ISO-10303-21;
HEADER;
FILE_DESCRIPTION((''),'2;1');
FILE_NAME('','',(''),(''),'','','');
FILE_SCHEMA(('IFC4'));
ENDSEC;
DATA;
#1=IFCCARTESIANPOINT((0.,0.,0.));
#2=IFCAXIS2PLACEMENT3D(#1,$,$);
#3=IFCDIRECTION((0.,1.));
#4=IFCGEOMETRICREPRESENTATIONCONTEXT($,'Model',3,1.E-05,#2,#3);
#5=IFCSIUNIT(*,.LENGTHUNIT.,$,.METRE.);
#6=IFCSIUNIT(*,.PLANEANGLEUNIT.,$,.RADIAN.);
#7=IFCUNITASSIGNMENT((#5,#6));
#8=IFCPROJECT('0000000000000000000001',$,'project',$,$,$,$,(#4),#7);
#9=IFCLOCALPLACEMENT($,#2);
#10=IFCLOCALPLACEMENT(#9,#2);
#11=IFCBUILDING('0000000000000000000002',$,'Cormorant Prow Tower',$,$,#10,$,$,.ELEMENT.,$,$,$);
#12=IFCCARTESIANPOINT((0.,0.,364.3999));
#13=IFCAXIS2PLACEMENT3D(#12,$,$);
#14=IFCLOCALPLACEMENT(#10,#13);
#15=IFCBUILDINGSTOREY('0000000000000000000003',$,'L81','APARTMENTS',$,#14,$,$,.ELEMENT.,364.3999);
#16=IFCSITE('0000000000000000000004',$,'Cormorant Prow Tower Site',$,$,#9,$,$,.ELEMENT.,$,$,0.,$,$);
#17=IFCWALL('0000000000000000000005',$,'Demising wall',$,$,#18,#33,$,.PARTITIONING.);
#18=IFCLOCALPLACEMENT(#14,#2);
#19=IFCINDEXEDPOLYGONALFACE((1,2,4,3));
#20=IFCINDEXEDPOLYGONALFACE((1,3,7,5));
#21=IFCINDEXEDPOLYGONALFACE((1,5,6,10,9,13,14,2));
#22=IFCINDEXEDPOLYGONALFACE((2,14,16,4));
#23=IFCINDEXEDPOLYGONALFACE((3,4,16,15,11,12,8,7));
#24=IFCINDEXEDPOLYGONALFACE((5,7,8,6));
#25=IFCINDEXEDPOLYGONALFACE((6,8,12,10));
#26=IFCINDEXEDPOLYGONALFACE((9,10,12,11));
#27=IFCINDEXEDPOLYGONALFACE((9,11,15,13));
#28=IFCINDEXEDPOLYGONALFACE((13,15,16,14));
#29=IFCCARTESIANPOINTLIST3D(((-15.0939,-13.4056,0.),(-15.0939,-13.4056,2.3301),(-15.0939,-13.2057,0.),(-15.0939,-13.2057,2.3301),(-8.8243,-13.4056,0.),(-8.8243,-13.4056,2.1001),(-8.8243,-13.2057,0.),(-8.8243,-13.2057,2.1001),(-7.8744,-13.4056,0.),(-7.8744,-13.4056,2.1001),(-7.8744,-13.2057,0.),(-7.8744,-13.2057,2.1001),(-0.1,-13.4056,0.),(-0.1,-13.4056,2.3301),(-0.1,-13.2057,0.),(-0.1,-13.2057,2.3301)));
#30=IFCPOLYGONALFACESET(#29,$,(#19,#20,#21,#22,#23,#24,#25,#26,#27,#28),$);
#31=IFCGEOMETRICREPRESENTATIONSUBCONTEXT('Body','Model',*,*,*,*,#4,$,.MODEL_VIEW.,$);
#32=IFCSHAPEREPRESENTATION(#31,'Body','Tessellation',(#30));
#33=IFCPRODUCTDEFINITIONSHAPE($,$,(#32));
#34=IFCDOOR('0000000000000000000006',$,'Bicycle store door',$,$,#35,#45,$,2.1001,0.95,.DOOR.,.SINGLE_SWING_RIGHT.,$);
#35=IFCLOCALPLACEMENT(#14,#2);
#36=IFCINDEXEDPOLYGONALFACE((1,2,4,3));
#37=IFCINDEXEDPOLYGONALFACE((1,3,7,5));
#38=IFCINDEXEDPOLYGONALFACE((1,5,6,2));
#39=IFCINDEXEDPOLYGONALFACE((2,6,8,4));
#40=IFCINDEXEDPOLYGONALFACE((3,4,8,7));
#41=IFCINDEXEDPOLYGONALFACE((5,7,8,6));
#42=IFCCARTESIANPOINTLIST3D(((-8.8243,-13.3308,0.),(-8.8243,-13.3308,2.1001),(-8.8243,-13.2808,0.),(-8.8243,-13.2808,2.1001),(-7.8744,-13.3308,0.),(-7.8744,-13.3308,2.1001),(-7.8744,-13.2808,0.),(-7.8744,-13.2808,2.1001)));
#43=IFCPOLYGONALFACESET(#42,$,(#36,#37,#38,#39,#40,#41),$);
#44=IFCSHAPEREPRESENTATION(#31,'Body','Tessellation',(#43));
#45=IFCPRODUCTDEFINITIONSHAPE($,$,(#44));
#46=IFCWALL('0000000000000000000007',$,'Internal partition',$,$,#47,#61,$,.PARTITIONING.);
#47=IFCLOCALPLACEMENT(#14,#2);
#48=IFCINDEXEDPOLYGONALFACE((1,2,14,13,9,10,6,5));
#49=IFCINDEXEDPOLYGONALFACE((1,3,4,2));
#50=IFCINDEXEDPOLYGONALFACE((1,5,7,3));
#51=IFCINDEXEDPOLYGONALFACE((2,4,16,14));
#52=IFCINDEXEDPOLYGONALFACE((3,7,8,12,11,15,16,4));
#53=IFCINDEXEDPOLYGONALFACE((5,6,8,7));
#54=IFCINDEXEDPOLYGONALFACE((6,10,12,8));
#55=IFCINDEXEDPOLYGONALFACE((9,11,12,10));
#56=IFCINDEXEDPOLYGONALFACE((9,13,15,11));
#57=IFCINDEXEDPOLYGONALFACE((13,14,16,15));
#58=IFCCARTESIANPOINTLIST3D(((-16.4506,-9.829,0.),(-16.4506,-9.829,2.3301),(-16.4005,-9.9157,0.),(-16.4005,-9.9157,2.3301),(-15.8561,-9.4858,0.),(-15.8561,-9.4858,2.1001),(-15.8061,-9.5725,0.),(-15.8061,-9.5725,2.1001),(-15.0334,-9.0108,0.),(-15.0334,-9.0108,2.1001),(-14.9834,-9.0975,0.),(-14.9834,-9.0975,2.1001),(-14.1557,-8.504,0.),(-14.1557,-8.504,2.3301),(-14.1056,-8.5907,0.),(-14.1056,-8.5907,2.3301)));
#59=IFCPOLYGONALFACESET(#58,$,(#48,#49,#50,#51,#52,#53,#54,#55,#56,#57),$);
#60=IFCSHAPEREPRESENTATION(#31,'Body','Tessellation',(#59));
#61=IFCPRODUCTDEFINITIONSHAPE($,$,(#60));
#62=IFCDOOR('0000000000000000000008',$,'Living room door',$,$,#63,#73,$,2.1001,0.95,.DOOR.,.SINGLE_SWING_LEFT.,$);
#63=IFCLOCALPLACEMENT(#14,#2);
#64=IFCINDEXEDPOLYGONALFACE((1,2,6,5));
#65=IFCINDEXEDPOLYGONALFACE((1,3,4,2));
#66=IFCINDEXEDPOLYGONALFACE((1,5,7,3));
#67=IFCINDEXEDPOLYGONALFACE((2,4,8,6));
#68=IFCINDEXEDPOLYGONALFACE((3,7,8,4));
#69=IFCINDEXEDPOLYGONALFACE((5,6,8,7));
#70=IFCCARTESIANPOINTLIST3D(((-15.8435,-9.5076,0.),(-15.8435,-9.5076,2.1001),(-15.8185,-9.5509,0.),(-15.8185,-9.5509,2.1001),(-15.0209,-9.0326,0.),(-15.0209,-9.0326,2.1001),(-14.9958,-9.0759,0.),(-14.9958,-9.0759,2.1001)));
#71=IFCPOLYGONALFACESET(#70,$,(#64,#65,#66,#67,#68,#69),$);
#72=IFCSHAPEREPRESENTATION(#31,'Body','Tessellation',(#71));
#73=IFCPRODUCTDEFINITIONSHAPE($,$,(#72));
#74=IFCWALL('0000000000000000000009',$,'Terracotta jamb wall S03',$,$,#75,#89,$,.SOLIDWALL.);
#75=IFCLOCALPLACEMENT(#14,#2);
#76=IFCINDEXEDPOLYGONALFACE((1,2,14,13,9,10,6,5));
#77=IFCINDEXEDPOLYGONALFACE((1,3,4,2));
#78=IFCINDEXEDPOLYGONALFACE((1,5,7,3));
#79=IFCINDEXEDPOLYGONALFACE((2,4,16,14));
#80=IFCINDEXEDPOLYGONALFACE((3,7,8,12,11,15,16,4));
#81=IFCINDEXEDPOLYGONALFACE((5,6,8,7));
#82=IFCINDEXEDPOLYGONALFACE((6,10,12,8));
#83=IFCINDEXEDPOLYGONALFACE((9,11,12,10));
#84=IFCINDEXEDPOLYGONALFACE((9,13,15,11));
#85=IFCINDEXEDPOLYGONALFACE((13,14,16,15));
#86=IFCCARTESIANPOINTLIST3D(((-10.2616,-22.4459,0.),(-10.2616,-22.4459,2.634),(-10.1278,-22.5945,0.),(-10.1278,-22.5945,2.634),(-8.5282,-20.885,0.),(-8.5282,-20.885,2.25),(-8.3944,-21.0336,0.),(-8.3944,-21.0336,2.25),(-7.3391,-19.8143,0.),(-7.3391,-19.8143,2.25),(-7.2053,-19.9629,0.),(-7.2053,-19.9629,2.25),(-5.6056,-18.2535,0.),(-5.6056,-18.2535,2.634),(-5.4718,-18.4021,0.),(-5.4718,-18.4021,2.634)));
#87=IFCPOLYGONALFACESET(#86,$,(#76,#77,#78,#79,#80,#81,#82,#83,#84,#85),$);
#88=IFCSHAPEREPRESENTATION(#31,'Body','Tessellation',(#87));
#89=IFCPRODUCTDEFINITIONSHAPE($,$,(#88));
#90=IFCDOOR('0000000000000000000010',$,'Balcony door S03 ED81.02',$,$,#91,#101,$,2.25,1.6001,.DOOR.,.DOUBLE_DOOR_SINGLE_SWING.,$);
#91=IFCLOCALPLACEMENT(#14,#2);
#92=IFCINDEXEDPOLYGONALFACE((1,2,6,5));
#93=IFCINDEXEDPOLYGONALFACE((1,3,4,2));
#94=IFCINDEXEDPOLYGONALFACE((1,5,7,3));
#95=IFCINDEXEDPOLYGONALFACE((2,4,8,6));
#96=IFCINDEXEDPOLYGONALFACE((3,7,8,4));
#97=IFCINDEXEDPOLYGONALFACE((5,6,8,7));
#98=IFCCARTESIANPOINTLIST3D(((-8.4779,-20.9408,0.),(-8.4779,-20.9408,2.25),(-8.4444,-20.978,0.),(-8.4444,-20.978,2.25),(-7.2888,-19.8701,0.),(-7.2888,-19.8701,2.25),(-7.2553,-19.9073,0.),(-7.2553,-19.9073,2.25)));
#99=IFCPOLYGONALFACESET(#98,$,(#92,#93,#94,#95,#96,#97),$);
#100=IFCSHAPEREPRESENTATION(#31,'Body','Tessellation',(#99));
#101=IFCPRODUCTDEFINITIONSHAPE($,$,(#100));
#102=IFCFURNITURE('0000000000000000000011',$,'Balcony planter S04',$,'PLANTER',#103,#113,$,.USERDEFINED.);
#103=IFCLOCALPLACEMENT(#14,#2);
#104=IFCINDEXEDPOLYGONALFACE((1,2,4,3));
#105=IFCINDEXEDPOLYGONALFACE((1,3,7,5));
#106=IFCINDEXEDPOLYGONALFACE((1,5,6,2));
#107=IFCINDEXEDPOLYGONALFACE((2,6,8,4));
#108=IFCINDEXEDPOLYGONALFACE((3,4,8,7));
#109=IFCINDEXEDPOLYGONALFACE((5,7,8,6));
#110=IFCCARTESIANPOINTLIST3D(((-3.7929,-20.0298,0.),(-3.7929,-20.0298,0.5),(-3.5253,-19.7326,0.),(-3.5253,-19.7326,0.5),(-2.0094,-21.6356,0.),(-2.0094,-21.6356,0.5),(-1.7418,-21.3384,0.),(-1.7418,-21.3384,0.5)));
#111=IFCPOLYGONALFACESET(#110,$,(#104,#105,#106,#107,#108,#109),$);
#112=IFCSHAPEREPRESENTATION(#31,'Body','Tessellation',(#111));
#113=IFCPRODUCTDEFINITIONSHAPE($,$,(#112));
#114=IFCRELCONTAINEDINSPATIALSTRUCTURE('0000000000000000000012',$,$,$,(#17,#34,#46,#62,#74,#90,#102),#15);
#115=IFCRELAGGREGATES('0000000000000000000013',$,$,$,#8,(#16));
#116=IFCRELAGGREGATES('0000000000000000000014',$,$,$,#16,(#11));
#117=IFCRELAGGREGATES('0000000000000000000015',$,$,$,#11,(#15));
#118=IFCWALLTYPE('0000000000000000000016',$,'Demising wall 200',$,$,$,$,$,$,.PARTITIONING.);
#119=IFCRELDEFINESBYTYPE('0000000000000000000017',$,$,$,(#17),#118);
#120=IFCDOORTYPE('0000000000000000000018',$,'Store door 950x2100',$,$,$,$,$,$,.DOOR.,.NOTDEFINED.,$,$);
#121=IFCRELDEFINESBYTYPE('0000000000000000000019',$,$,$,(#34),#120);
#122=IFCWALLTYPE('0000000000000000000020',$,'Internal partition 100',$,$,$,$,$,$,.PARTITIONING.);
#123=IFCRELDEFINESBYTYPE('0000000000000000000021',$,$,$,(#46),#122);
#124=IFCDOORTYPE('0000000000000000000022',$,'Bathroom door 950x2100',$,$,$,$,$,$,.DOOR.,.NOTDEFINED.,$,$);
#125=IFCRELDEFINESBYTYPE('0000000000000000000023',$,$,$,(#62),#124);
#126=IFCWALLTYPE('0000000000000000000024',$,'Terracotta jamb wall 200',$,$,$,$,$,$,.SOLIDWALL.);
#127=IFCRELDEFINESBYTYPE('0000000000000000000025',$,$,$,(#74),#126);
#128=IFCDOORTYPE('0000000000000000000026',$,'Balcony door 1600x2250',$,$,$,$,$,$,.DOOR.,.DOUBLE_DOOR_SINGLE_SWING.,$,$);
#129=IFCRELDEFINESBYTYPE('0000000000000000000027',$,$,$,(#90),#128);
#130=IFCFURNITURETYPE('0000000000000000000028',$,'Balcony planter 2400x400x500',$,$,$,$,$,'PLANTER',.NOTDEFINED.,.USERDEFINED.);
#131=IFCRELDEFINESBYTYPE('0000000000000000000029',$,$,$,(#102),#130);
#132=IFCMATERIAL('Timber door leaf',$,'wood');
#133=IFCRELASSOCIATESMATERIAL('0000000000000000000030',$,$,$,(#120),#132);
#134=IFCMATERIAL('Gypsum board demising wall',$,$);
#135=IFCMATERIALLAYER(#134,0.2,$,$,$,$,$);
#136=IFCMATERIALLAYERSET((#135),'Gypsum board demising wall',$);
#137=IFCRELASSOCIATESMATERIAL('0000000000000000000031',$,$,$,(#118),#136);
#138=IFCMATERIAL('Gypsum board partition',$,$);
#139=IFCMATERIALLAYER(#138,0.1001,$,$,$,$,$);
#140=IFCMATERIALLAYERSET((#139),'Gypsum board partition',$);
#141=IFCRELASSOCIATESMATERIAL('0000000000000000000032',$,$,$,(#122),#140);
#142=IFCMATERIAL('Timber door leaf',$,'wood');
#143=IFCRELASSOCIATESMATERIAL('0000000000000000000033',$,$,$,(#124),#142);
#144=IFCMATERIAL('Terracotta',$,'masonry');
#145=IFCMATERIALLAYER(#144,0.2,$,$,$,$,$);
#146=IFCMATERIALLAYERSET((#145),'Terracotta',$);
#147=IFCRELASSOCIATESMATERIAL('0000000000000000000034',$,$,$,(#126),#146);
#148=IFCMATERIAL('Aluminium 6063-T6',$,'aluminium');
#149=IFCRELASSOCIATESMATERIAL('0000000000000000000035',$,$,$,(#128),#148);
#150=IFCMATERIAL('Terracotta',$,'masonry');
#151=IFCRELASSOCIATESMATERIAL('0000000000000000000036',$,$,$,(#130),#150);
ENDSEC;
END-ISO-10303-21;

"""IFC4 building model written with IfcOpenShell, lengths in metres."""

from ifc_helpers import new_model, si_unit, direction, frame, frame_2d, origin, origin_2d, place, context, subcontext, project, spatial, rectangle, extrude, material, layer, layer_set, type_object, element, fill, save


model = new_model("IFC4")

# Units and contexts
model_context = context("Model", 3, precision=1e-05, world=origin(), true_north=direction((0.0, 1.0)))
body_context = subcontext(model_context, "Body", "Model", "MODEL_VIEW")
ifc_project = project(units=[si_unit("LENGTHUNIT", "METRE"), si_unit("PLANEANGLEUNIT", "RADIAN")], contexts=[model_context])

# Site, building, storey
site_placement = place(None, origin())
site = spatial("IfcSite", under=ifc_project, at=site_placement, Name="Cormorant Prow Tower Site", CompositionType="ELEMENT", RefElevation=0.0)
building_placement = place(site_placement, origin())
building = spatial("IfcBuilding", under=site, at=building_placement, Name="Cormorant Prow Tower", CompositionType="ELEMENT")
storey_placement = place(building_placement, frame((0.0, 0.0, 364.3999)))
storey = spatial("IfcBuildingStorey", under=building, at=storey_placement, Name="L81", Description="APARTMENTS", CompositionType="ELEMENT", Elevation=364.3999)

# Shared definitions
ifc_material_1 = material(Name="Timber door leaf", Category="wood")
door_type_1 = type_object("IfcDoorType", Name="Store door 950x2100", OperationType="NOTDEFINED", PredefinedType="DOOR", material=ifc_material_1)

# Walls, openings, doors
ifc_material_2 = material(Name="Gypsum board demising wall")
ifc_layer_1 = layer(ifc_material_2, 0.2)
ifc_layer_set_1 = layer_set([ifc_layer_1], Name="Gypsum board demising wall")
wall_type_1 = type_object("IfcWallType", Name="Demising wall 200", PredefinedType="PARTITIONING", material=ifc_layer_set_1)
wall_1_placement = place(storey_placement, frame((-15.094, -13.3057, 0.0), z_axis=(0.0, 0.0, 1.0), x_axis=(1.0, 0.0, 0.0)))
wall_1 = element("IfcWall", 1, at=wall_1_placement, inside=storey, type_object=wall_type_1, Name="Demising wall", PredefinedType="PARTITIONING", context=body_context, shape_type="SweptSolid", body=[
    extrude(rectangle(XDim=14.9939, YDim=0.2, at=frame_2d((7.4971, 0.0))), origin(), (0.0, 0.0, 1.0), 2.3301),
])
opening_1_placement = place(wall_1_placement, frame((6.2695, 0.0, 0.0)))
opening_1 = element("IfcOpeningElement", 2, at=opening_1_placement, cuts=wall_1, PredefinedType="OPENING", context=body_context, shape_type="SweptSolid", body=[
    extrude(rectangle(XDim=0.95, YDim=2.1001, at=frame_2d((0.4751, 1.05))), frame((0.0, 0.1099, 0.0), z_axis=(0.0, -1.0, 0.0), x_axis=(1.0, 0.0, 0.0)), (0.0, 0.0, 1.0), 0.22),
])
door_1_placement = place(opening_1_placement, origin())
door_1 = element("IfcDoor", 3, at=door_1_placement, inside=storey, type_object=door_type_1, Name="Bicycle store door", OperationType="SINGLE_SWING_RIGHT", OverallHeight=2.1001, OverallWidth=0.95, PredefinedType="DOOR", context=body_context, shape_type="SweptSolid", body=[
    extrude(rectangle(XDim=0.95, YDim=2.1001, at=frame_2d((0.4751, 1.05))), frame((0.0, 0.0249, 0.0), z_axis=(0.0, -1.0, 0.0), x_axis=(1.0, 0.0, 0.0)), (0.0, 0.0, 1.0), 0.05),
])
fill(opening_1, door_1)
ifc_material_3 = material(Name="Gypsum board partition")
ifc_layer_2 = layer(ifc_material_3, 0.1001)
ifc_layer_set_2 = layer_set([ifc_layer_2], Name="Gypsum board partition")
wall_type_2 = type_object("IfcWallType", Name="Internal partition 100", PredefinedType="PARTITIONING", material=ifc_layer_set_2)
wall_2_placement = place(storey_placement, frame((-16.4255, -9.8723, 0.0), z_axis=(0.0, 0.0, 1.0), x_axis=(0.866029, 0.499994, 0.0)))
wall_2 = element("IfcWall", 4, at=wall_2_placement, inside=storey, type_object=wall_type_2, Name="Internal partition", PredefinedType="PARTITIONING", context=body_context, shape_type="SweptSolid", body=[
    extrude(rectangle(XDim=2.6499, YDim=0.1001, at=frame_2d((1.325, 0.0))), origin(), (0.0, 0.0, 1.0), 2.3301),
])
opening_2_placement = place(wall_2_placement, frame((0.6863, 0.0, 0.0)))
opening_2 = element("IfcOpeningElement", 5, at=opening_2_placement, cuts=wall_2, PredefinedType="OPENING", context=body_context, shape_type="SweptSolid", body=[
    extrude(rectangle(XDim=0.95, YDim=2.1001, at=frame_2d((0.4751, 1.05))), frame((0.0, 0.0601, 0.0), z_axis=(0.0, -1.0, 0.0), x_axis=(1.0, 0.0, 0.0)), (0.0, 0.0, 1.0), 0.1201),
])
ifc_material_4 = material(Name="Timber door leaf", Category="wood")
door_type_2 = type_object("IfcDoorType", Name="Bathroom door 950x2100", OperationType="NOTDEFINED", PredefinedType="DOOR", material=ifc_material_4)
door_2_placement = place(opening_2_placement, origin())
door_2 = element("IfcDoor", 6, at=door_2_placement, inside=storey, type_object=door_type_2, Name="Living room door", OperationType="SINGLE_SWING_LEFT", OverallHeight=2.1001, OverallWidth=0.95, PredefinedType="DOOR", context=body_context, shape_type="SweptSolid", body=[
    extrude(rectangle(XDim=0.95, YDim=2.1001, at=frame_2d((0.4751, 1.05))), frame((0.0, 0.0249, 0.0), z_axis=(0.0, -1.0, 0.0), x_axis=(1.0, 0.0, 0.0)), (0.0, 0.0, 1.0), 0.05),
])
fill(opening_2, door_2)
ifc_material_5 = material(Name="Terracotta", Category="masonry")
ifc_layer_3 = layer(ifc_material_5, 0.2)
ifc_layer_set_3 = layer_set([ifc_layer_3], Name="Terracotta")
wall_type_3 = type_object("IfcWallType", Name="Terracotta jamb wall 200", PredefinedType="SOLIDWALL", material=ifc_layer_set_3)
wall_3_placement = place(storey_placement, frame((-10.1948, -22.5203, 0.0), z_axis=(0.0, 0.0, 1.0), x_axis=(0.743137, 0.669139, 0.0)))
wall_3 = element("IfcWall", 7, at=wall_3_placement, inside=storey, type_object=wall_type_3, Name="Terracotta jamb wall S03", PredefinedType="SOLIDWALL", context=body_context, shape_type="SweptSolid", body=[
    extrude(rectangle(XDim=6.2654, YDim=0.2, at=frame_2d((3.1328, 0.0))), origin(), (0.0, 0.0, 1.0), 2.634),
])
opening_3_placement = place(wall_3_placement, frame((2.3328, 0.0, 0.0)))
opening_3 = element("IfcOpeningElement", 8, at=opening_3_placement, cuts=wall_3, PredefinedType="OPENING", context=body_context, shape_type="SweptSolid", body=[
    extrude(rectangle(XDim=1.6001, YDim=2.25, at=frame_2d((0.8, 1.125))), frame((0.0, 0.1099, 0.0), z_axis=(0.0, -1.0, 0.0), x_axis=(1.0, 0.0, 0.0)), (0.0, 0.0, 1.0), 0.22),
])
ifc_material_6 = material(Name="Aluminium 6063-T6", Category="aluminium")
door_type_3 = type_object("IfcDoorType", Name="Balcony door 1600x2250", OperationType="DOUBLE_DOOR_SINGLE_SWING", PredefinedType="DOOR", material=ifc_material_6)
door_3_placement = place(opening_3_placement, origin())
door_3 = element("IfcDoor", 9, at=door_3_placement, inside=storey, type_object=door_type_3, Name="Balcony door S03 ED81.02", OperationType="DOUBLE_DOOR_SINGLE_SWING", OverallHeight=2.25, OverallWidth=1.6001, PredefinedType="DOOR", context=body_context, shape_type="SweptSolid", body=[
    extrude(rectangle(XDim=1.6001, YDim=2.25, at=frame_2d((0.8, 1.125))), frame((0.0, 0.0249, 0.0), z_axis=(0.0, -1.0, 0.0), x_axis=(1.0, 0.0, 0.0)), (0.0, 0.0, 1.0), 0.05),
])
fill(opening_3, door_3)

# Furniture
ifc_material_7 = material(Name="Terracotta", Category="masonry")
furniture_type = type_object("IfcFurnitureType", Name="Balcony planter 2400x400x500", ElementType="PLANTER", AssemblyPlace="NOTDEFINED", PredefinedType="USERDEFINED", material=ifc_material_7)
furniture_placement = place(storey_placement, frame((-2.7673, -20.6841, 0.0), z_axis=(0.0, 0.0, 1.0), x_axis=(0.743145, -0.669131, 0.0)))
element("IfcFurniture", 10, at=furniture_placement, inside=storey, type_object=furniture_type, Name="Balcony planter S04", ObjectType="PLANTER", PredefinedType="USERDEFINED", context=body_context, shape_type="SweptSolid", body=[
    extrude(rectangle(XDim=2.3999, YDim=0.3999, at=origin_2d()), origin(), (0.0, 0.0, 1.0), 0.5),
])

save(model, "model.ifc")
